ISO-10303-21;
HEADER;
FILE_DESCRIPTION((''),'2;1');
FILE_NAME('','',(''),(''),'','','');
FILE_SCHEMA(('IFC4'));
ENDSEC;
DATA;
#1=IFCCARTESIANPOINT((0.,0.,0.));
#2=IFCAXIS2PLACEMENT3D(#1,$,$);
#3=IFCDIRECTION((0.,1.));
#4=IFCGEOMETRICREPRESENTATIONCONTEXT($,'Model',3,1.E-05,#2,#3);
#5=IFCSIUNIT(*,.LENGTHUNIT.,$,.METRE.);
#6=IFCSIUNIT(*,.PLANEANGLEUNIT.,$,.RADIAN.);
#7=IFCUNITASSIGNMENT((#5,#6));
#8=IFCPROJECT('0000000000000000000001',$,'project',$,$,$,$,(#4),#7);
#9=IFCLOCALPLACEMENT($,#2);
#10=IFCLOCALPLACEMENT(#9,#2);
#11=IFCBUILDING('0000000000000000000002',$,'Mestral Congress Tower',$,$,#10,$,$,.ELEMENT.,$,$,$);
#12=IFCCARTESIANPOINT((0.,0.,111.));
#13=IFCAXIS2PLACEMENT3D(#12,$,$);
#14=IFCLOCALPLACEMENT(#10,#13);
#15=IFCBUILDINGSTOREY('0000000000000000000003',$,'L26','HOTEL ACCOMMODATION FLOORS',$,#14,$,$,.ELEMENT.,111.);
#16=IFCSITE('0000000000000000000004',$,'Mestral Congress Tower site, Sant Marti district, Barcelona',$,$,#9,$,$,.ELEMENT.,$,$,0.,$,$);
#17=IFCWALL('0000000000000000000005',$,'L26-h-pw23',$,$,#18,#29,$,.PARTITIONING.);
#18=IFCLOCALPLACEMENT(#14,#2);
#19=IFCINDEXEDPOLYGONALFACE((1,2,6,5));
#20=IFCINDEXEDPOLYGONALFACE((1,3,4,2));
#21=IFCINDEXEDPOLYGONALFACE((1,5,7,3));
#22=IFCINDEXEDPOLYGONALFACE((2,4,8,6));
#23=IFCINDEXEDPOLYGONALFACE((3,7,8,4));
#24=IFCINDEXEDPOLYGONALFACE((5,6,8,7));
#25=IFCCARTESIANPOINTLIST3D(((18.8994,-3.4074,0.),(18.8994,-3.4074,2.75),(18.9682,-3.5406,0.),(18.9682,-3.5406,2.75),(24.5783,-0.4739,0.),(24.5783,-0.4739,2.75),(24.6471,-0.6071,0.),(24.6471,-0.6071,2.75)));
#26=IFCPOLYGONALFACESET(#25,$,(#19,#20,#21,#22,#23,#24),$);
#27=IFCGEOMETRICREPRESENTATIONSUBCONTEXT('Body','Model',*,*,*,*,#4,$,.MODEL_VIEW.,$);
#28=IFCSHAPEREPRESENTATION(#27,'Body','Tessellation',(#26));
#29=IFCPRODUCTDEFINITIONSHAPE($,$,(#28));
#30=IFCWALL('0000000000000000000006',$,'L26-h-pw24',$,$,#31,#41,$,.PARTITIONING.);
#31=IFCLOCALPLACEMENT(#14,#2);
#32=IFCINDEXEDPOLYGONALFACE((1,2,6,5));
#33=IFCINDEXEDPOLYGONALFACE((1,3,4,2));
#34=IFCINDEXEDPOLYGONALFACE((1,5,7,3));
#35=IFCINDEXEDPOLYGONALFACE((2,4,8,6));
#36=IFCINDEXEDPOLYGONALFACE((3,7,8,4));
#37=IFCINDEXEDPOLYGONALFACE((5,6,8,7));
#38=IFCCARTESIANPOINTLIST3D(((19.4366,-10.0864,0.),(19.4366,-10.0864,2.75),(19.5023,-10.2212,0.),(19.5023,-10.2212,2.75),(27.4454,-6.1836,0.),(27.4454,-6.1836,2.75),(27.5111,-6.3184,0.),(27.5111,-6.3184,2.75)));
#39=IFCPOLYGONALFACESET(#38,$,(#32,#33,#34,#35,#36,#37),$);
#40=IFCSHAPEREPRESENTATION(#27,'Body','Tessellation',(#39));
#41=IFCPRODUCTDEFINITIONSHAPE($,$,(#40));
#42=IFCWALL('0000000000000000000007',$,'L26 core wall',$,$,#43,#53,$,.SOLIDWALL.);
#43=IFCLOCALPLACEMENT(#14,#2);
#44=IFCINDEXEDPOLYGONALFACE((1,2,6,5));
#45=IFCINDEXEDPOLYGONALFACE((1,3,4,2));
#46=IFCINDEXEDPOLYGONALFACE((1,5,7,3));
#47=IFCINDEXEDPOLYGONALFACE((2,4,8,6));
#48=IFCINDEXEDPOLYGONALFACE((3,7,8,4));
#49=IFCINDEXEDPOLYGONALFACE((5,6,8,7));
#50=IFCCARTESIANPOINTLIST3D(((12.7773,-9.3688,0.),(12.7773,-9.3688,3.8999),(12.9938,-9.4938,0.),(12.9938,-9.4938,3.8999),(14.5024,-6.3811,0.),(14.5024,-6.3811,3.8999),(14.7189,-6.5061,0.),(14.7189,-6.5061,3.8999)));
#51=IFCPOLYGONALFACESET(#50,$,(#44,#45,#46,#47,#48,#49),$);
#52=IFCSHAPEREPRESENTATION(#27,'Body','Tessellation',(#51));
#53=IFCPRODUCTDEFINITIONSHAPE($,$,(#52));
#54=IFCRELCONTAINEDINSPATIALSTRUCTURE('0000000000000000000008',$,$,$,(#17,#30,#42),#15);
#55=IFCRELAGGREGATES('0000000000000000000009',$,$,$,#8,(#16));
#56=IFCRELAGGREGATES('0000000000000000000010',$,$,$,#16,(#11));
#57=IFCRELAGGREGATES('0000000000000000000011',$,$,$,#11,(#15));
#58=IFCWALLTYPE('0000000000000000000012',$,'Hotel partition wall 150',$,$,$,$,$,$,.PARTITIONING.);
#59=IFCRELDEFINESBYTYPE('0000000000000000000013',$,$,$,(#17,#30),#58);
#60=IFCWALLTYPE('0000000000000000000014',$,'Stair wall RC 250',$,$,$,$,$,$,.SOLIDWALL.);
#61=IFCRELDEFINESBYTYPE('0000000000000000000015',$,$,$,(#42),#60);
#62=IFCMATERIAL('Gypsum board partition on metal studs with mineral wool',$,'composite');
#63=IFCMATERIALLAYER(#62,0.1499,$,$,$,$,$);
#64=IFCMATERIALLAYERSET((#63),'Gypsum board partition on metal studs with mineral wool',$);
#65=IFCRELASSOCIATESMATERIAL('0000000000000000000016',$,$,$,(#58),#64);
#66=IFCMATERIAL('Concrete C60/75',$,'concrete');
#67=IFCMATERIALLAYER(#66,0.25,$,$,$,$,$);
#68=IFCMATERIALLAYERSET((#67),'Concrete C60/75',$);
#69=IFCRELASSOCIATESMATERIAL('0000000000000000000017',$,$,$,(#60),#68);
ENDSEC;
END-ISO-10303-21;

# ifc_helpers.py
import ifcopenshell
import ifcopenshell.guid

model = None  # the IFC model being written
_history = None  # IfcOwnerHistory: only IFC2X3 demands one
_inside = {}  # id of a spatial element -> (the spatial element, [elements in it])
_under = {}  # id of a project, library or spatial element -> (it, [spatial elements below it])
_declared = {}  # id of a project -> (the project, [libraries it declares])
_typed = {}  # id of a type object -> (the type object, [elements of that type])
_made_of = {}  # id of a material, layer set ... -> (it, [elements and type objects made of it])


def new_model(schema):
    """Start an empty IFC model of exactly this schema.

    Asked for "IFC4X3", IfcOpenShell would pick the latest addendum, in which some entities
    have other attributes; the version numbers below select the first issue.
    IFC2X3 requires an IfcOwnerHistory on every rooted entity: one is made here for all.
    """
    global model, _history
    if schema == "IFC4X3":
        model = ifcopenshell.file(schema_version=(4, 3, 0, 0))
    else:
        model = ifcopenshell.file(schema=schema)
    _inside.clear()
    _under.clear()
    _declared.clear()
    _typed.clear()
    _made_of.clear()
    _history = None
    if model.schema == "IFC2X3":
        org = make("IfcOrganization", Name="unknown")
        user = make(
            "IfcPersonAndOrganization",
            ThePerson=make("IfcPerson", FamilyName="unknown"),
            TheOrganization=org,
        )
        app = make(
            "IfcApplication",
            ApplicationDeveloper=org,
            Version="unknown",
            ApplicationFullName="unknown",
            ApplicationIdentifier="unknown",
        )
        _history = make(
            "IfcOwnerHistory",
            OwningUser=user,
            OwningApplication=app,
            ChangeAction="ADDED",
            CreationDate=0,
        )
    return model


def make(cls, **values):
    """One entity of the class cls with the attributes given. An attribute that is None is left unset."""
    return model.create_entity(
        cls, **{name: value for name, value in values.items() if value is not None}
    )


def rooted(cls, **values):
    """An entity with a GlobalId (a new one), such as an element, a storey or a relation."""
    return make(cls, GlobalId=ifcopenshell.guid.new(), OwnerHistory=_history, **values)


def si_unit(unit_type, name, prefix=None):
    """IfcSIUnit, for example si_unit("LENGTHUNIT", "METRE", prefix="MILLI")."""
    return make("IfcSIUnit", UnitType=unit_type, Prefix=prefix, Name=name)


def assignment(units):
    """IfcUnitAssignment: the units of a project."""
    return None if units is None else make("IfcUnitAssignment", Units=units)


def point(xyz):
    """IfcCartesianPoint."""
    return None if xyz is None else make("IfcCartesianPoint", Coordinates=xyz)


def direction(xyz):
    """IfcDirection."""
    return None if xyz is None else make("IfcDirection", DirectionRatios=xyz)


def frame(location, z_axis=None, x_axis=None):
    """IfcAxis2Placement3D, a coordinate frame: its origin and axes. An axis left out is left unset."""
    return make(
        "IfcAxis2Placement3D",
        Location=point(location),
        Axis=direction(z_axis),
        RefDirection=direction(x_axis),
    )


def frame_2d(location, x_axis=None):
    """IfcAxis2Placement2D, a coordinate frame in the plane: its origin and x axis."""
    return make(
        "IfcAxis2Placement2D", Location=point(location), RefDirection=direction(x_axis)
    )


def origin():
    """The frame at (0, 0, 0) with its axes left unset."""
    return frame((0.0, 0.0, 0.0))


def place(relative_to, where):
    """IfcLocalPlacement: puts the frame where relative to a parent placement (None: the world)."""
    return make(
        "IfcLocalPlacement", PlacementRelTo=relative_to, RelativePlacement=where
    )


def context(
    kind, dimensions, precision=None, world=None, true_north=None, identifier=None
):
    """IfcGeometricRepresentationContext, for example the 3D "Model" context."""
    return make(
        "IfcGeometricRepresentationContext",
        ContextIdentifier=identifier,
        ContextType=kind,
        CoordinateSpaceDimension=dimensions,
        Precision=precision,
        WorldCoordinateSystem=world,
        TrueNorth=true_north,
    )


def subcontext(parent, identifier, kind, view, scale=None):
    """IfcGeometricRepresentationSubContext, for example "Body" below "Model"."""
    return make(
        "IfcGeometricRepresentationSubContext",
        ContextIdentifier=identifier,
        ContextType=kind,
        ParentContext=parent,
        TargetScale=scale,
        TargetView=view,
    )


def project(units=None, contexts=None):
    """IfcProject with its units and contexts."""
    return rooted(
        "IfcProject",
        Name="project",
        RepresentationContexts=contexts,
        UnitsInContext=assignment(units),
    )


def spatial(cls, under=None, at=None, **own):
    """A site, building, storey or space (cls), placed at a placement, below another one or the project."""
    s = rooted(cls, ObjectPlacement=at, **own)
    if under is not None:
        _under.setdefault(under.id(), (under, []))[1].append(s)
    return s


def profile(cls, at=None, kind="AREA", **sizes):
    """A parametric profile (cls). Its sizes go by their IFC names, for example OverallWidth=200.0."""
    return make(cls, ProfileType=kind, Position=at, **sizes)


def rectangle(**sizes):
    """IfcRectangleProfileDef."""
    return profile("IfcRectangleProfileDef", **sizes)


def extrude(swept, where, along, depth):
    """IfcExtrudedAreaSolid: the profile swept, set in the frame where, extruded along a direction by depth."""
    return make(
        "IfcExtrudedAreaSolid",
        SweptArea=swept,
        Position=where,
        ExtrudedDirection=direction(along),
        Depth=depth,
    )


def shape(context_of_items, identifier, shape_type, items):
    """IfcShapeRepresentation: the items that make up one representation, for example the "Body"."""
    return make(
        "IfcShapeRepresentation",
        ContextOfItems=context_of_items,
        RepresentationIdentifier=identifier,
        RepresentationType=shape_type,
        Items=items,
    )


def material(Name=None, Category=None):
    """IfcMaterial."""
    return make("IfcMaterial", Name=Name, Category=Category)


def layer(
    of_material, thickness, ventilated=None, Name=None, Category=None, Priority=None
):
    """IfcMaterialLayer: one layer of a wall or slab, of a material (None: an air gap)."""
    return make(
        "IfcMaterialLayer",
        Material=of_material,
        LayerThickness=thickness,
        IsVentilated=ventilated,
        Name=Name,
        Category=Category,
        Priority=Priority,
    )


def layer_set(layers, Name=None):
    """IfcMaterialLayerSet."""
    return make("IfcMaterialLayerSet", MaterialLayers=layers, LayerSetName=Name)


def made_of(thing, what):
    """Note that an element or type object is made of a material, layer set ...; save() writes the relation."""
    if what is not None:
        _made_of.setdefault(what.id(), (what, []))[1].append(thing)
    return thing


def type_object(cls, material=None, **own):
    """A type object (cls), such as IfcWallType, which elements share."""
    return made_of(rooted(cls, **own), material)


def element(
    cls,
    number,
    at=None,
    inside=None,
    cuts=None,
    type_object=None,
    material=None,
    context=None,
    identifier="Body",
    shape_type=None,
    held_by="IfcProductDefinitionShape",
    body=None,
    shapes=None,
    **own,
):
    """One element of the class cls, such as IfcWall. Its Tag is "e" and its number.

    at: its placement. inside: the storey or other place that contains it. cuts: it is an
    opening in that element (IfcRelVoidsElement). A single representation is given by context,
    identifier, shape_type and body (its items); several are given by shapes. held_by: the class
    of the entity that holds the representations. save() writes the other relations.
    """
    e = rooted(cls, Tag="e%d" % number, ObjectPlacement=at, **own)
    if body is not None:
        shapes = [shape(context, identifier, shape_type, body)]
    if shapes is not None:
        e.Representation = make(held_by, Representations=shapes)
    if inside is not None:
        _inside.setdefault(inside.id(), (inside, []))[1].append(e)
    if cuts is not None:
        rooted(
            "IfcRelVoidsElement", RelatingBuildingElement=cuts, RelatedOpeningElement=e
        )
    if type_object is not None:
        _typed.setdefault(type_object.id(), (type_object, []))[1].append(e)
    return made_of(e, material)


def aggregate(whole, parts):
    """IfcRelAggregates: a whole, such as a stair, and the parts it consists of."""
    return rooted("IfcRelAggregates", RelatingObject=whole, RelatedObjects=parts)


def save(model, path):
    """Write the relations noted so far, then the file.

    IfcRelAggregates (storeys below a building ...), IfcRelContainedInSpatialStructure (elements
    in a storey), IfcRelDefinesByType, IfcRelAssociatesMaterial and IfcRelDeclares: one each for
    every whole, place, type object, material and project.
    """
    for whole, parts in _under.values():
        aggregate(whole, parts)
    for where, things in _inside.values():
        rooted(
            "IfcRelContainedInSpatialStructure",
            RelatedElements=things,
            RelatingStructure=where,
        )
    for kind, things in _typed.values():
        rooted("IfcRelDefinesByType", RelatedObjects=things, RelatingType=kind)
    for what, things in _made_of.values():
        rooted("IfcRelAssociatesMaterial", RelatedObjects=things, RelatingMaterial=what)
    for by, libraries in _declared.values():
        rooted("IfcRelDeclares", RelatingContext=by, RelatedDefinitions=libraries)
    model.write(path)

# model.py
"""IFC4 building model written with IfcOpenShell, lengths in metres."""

from ifc_helpers import new_model, si_unit, direction, frame, frame_2d, origin, place, context, subcontext, project, spatial, rectangle, extrude, material, layer, layer_set, type_object, element, save


model = new_model("IFC4")

# Units and contexts
model_context = context("Model", 3, precision=1e-05, world=origin(), true_north=direction((0.0, 1.0)))
body_context = subcontext(model_context, "Body", "Model", "MODEL_VIEW")
ifc_project = project(units=[si_unit("LENGTHUNIT", "METRE"), si_unit("PLANEANGLEUNIT", "RADIAN")], contexts=[model_context])

# Site, building, storey
site_placement = place(None, origin())
site = spatial("IfcSite", under=ifc_project, at=site_placement, Name="Mestral Congress Tower site, Sant Marti district, Barcelona", CompositionType="ELEMENT", RefElevation=0.0)
building_placement = place(site_placement, origin())
building = spatial("IfcBuilding", under=site, at=building_placement, Name="Mestral Congress Tower", CompositionType="ELEMENT")
storey_placement = place(building_placement, frame((0.0, 0.0, 111.0)))
storey = spatial("IfcBuildingStorey", under=building, at=storey_placement, Name="L26", Description="HOTEL ACCOMMODATION FLOORS", CompositionType="ELEMENT", Elevation=111.0)

# Shared definitions
ifc_material_1 = material(Name="Gypsum board partition on metal studs with mineral wool", Category="composite")

# Shared definitions
ifc_layer_1 = layer(ifc_material_1, 0.1499)
ifc_layer_set_1 = layer_set([ifc_layer_1], Name="Gypsum board partition on metal studs with mineral wool")
wall_type_1 = type_object("IfcWallType", Name="Hotel partition wall 150", PredefinedType="PARTITIONING", material=ifc_layer_set_1)

# Walls
wall_1_placement = place(storey_placement, frame((24.6125, -0.5405, 0.0), z_axis=(0.0, 0.0, 1.0), x_axis=(-0.88846, -0.458954, 0.0)))
element("IfcWall", 1, at=wall_1_placement, inside=storey, type_object=wall_type_1, Name="L26-h-pw23", PredefinedType="PARTITIONING", context=body_context, shape_type="SweptSolid", body=[
    extrude(rectangle(XDim=6.3918, YDim=0.1499, at=frame_2d((3.1958, 0.0))), origin(), (0.0, 0.0, 1.0), 2.75),
])
wall_2_placement = place(storey_placement, frame((27.4783, -6.251, 0.0), z_axis=(0.0, 0.0, 1.0), x_axis=(-0.898941, -0.438071, 0.0)))
element("IfcWall", 2, at=wall_2_placement, inside=storey, type_object=wall_type_1, Name="L26-h-pw24", PredefinedType="PARTITIONING", context=body_context, shape_type="SweptSolid", body=[
    extrude(rectangle(XDim=8.9092, YDim=0.1499, at=frame_2d((4.4546, 0.0))), origin(), (0.0, 0.0, 1.0), 2.75),
])
ifc_material_2 = material(Name="Concrete C60/75", Category="concrete")
ifc_layer_2 = layer(ifc_material_2, 0.25)
ifc_layer_set_2 = layer_set([ifc_layer_2], Name="Concrete C60/75")
wall_type_2 = type_object("IfcWallType", Name="Stair wall RC 250", PredefinedType="SOLIDWALL", material=ifc_layer_set_2)
wall_3_placement = place(storey_placement, frame((12.8855, -9.4314, 0.0), z_axis=(0.0, 0.0, 1.0), x_axis=(0.500021, 0.866014, 0.0)))
element("IfcWall", 3, at=wall_3_placement, inside=storey, type_object=wall_type_2, Name="L26 core wall", PredefinedType="SOLIDWALL", context=body_context, shape_type="SweptSolid", body=[
    extrude(rectangle(XDim=3.45, YDim=0.25, at=frame_2d((1.7251, 0.0))), origin(), (0.0, 0.0, 1.0), 3.8999),
])

save(model, "model.ifc")
